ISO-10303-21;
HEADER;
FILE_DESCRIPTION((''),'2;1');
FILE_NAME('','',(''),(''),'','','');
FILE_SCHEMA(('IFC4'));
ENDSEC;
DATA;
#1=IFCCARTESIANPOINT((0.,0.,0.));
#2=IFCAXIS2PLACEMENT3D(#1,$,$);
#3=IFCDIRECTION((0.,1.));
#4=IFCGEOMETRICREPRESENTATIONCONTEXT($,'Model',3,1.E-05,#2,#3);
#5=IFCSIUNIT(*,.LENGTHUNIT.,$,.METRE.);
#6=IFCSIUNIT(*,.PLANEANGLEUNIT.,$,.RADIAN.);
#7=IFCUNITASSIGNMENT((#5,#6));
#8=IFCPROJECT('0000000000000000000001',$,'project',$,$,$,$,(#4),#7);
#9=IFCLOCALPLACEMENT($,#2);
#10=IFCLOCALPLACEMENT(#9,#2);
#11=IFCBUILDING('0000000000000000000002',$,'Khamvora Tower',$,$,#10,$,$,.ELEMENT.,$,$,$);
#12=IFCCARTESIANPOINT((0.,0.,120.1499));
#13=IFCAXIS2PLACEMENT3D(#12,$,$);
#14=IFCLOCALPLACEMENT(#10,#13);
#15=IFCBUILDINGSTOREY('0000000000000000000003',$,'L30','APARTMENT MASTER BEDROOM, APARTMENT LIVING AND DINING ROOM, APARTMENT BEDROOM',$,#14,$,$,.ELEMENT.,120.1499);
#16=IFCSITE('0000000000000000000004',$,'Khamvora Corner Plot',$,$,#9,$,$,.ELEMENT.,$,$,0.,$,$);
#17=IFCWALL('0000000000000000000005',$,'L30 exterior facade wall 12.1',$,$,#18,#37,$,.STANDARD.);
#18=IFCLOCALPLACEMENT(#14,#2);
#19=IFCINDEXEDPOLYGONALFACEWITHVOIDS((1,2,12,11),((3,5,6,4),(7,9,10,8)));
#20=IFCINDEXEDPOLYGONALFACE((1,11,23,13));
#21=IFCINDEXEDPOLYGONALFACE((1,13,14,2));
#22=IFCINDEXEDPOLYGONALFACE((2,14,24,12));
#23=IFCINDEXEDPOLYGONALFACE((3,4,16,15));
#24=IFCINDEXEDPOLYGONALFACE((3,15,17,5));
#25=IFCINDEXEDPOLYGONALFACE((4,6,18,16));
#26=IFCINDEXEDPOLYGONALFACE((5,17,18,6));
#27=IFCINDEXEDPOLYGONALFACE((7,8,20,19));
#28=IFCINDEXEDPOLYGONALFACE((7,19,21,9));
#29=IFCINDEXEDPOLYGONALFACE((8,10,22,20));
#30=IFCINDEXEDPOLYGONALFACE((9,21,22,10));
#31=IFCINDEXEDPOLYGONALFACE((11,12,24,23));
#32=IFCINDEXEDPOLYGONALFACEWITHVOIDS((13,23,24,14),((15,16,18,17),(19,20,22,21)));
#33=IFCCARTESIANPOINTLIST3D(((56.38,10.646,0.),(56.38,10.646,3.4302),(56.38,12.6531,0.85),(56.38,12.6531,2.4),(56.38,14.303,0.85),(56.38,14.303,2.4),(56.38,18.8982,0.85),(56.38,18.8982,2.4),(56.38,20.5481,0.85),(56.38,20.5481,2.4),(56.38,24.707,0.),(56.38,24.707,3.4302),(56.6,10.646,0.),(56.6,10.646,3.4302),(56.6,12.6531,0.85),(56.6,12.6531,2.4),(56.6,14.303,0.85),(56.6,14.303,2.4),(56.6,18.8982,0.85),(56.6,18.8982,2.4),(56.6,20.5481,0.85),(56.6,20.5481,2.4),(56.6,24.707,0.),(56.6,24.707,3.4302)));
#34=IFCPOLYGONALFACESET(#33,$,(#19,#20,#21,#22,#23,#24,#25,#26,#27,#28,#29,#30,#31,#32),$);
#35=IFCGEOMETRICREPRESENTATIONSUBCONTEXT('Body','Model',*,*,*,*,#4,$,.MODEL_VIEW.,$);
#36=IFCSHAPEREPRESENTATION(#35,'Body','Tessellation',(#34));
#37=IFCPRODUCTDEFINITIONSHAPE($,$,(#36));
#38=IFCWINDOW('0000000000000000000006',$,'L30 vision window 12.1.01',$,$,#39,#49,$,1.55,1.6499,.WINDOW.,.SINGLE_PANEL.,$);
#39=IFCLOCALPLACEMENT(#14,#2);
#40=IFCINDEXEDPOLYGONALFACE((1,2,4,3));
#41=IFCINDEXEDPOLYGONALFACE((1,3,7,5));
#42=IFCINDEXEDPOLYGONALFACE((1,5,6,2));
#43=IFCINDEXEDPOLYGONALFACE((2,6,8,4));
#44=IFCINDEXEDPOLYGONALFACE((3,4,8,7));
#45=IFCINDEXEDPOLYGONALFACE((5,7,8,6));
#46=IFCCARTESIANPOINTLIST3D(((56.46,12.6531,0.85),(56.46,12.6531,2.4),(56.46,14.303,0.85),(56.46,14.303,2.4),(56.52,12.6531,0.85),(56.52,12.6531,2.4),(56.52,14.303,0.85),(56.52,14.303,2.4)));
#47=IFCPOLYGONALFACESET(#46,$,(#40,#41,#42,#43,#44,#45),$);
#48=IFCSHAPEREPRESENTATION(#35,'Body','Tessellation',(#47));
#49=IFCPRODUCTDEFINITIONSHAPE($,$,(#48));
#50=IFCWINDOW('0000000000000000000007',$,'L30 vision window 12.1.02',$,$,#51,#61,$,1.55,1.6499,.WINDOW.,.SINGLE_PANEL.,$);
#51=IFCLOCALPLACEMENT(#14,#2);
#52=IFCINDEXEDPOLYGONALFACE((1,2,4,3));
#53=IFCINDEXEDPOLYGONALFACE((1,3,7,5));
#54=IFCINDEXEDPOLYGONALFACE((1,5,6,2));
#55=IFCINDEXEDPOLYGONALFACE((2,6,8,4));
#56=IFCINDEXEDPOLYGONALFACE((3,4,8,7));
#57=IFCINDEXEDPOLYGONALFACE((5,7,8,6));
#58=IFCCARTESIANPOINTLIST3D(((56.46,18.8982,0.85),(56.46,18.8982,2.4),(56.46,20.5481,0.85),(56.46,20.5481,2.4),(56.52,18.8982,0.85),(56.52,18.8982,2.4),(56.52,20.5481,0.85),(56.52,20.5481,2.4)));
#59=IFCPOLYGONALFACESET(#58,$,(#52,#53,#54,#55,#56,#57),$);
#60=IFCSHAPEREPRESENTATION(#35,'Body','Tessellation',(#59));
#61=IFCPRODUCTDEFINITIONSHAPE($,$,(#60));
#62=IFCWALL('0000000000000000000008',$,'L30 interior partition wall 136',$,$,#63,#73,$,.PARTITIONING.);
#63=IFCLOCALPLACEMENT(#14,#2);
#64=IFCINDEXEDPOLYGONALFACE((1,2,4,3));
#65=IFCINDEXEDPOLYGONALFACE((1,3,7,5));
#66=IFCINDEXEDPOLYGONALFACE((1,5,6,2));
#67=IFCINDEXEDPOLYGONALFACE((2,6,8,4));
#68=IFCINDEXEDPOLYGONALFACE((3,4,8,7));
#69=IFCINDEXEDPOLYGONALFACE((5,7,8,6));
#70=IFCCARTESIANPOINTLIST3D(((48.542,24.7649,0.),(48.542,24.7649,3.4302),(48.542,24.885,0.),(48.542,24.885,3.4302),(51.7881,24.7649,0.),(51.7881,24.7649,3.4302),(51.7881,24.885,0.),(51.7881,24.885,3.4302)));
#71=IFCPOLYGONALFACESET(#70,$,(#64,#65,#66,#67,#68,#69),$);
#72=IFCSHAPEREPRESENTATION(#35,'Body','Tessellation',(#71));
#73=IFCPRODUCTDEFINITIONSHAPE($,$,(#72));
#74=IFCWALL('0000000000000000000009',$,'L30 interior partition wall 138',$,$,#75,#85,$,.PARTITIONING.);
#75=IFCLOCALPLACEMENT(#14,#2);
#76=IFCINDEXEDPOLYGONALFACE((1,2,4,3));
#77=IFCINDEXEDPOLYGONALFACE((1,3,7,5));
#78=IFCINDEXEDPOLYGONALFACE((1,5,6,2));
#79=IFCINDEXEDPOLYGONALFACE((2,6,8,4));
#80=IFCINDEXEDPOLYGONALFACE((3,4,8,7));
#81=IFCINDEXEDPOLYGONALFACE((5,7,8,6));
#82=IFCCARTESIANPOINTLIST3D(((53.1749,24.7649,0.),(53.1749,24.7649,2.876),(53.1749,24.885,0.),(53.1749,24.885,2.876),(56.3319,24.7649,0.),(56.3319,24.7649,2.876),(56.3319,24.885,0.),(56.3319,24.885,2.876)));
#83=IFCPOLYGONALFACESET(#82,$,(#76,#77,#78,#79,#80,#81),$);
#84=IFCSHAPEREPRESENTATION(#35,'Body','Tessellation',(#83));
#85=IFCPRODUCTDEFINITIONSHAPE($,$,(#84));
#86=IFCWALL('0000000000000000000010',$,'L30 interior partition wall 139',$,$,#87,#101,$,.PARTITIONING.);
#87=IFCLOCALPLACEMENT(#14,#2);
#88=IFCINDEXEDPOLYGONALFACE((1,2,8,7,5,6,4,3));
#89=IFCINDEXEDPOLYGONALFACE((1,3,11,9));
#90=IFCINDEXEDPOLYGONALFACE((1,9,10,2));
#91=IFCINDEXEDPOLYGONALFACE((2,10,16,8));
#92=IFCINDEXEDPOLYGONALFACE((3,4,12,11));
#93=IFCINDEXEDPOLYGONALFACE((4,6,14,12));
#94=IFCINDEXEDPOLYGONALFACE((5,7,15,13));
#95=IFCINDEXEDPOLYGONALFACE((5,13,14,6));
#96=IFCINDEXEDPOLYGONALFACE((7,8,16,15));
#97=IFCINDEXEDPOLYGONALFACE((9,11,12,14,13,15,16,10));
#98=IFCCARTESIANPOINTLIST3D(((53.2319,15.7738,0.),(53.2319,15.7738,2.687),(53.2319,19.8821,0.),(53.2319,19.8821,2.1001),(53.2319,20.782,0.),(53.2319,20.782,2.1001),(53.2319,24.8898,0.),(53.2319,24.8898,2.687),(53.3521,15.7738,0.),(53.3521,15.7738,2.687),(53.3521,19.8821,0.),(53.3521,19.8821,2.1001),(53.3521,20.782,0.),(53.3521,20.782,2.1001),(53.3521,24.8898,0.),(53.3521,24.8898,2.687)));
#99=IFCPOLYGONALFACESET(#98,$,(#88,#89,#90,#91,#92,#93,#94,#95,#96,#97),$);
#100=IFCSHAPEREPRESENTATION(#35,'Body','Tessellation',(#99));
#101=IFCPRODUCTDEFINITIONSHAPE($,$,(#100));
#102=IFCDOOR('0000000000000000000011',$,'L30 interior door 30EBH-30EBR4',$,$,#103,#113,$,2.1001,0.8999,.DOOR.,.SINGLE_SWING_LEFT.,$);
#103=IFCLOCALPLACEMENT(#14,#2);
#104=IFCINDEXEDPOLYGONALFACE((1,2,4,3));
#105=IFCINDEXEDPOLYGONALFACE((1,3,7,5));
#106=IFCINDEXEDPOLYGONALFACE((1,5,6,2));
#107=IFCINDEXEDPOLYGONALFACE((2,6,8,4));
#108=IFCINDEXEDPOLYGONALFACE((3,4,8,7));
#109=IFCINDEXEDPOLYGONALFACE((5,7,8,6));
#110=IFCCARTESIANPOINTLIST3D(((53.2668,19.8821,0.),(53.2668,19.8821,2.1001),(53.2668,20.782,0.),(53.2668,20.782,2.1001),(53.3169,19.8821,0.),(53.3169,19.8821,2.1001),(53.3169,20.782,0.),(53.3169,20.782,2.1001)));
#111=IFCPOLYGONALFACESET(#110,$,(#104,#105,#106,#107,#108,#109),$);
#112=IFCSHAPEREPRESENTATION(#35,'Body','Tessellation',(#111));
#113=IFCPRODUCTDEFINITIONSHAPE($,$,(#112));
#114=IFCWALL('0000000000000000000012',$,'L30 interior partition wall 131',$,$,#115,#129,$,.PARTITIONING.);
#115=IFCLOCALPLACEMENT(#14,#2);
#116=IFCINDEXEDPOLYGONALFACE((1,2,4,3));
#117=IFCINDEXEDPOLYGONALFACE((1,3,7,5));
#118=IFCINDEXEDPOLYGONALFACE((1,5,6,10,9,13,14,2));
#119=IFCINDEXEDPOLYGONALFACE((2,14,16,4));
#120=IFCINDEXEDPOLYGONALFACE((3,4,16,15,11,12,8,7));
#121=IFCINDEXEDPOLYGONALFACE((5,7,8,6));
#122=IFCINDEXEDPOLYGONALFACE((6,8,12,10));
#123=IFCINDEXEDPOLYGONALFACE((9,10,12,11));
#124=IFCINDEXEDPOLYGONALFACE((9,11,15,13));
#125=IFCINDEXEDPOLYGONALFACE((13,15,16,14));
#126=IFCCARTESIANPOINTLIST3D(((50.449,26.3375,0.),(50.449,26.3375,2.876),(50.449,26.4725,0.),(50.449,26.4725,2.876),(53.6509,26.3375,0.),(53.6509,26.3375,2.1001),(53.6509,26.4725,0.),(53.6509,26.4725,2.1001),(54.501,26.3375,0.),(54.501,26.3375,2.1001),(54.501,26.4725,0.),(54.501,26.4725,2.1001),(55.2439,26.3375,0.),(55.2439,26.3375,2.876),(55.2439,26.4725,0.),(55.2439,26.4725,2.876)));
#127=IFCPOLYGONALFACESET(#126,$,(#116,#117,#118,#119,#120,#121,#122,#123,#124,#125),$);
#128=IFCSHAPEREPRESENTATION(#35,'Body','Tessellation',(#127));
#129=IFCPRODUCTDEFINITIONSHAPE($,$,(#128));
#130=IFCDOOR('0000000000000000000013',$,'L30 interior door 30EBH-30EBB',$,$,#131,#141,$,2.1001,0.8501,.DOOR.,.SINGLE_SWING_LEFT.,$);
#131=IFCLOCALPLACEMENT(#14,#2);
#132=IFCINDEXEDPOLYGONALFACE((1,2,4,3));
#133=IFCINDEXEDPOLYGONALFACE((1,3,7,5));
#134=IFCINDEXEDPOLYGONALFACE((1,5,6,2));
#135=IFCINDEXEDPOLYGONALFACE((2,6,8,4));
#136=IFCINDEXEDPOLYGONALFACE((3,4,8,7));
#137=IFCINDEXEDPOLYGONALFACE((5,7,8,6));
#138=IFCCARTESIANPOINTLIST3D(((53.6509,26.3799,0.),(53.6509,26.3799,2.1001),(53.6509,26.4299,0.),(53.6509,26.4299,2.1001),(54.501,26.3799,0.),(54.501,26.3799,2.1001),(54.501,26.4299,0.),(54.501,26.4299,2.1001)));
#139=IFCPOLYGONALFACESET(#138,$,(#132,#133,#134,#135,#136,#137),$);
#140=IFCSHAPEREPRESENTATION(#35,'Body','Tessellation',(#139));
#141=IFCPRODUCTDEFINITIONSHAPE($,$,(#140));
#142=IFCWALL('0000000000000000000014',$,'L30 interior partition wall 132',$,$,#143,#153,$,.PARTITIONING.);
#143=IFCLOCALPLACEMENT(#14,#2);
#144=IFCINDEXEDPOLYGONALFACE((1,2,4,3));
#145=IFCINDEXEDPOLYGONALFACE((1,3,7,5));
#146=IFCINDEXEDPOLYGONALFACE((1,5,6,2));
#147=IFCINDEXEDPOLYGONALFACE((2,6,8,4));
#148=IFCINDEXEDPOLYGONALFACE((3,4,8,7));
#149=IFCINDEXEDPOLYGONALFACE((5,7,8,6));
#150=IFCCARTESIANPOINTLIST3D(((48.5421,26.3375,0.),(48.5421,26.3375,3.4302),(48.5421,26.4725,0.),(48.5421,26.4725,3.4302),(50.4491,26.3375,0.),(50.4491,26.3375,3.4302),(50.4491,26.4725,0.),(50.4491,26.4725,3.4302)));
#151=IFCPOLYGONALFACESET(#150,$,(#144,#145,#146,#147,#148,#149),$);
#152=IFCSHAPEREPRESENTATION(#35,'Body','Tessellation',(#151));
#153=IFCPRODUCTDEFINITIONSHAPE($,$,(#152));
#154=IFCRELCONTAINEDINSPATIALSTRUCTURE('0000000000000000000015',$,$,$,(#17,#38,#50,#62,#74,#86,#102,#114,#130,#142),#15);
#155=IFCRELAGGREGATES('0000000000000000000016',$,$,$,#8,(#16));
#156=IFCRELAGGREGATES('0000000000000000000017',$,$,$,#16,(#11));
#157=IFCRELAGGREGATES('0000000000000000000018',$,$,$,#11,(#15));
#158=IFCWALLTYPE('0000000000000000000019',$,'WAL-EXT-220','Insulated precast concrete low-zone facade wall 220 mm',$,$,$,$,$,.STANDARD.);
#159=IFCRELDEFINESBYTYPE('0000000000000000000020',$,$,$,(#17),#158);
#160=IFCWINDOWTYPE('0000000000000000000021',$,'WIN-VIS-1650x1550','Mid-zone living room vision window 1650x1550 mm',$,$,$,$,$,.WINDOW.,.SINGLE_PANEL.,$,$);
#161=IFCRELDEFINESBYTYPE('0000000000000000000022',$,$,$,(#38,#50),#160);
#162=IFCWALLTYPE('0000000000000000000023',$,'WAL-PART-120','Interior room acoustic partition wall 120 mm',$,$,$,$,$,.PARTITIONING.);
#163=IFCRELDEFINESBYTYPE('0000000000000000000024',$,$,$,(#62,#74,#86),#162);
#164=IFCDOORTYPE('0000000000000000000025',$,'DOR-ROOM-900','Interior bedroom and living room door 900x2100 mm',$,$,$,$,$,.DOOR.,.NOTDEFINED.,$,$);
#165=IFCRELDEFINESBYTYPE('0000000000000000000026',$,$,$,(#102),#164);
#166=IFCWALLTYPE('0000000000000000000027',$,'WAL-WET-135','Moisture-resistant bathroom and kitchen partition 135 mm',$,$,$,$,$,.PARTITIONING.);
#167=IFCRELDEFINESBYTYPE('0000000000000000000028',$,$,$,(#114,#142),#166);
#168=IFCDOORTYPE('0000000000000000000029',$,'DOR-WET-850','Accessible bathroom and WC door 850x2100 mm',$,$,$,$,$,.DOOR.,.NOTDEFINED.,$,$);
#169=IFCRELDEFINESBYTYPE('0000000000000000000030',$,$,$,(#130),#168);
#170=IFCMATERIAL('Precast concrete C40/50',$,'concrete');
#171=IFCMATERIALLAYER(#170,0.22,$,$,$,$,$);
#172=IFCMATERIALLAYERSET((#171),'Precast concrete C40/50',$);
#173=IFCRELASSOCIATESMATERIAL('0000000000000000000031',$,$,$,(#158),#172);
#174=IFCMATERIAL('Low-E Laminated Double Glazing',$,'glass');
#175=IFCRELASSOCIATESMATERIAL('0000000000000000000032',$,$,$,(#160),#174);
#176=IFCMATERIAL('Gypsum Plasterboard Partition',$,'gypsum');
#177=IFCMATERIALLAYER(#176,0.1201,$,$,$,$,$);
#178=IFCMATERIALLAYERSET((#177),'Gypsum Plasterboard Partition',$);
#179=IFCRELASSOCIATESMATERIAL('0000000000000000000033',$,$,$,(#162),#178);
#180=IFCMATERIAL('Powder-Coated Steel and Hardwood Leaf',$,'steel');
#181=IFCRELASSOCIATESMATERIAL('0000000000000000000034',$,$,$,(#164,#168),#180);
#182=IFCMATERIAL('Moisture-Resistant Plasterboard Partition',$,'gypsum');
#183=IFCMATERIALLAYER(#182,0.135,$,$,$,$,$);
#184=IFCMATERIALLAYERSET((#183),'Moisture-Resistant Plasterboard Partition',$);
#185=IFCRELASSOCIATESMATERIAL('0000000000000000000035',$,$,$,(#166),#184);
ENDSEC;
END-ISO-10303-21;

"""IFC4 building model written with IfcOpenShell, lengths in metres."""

from ifc_helpers import new_model, si_unit, direction, frame, frame_2d, origin, place, context, subcontext, project, spatial, rectangle, extrude, material, layer, layer_set, type_object, element, fill, save


model = new_model("IFC4")

# Units and contexts
model_context = context("Model", 3, precision=1e-05, world=origin(), true_north=direction((0.0, 1.0)))
body_context = subcontext(model_context, "Body", "Model", "MODEL_VIEW")
ifc_project = project(units=[si_unit("LENGTHUNIT", "METRE"), si_unit("PLANEANGLEUNIT", "RADIAN")], contexts=[model_context])

# Site, building, storey
site_placement = place(None, origin())
site = spatial("IfcSite", under=ifc_project, at=site_placement, Name="Khamvora Corner Plot", CompositionType="ELEMENT", RefElevation=0.0)
building_placement = place(site_placement, origin())
building = spatial("IfcBuilding", under=site, at=building_placement, Name="Khamvora Tower", CompositionType="ELEMENT")
storey_placement = place(building_placement, frame((0.0, 0.0, 120.1499)))
storey = spatial("IfcBuildingStorey", under=building, at=storey_placement, Name="L30", Description="APARTMENT MASTER BEDROOM, APARTMENT LIVING AND DINING ROOM, APARTMENT BEDROOM", CompositionType="ELEMENT", Elevation=120.1499)

# Shared definitions
ifc_material_1 = material(Name="Precast concrete C40/50", Category="concrete")
ifc_layer_1 = layer(ifc_material_1, 0.22)
ifc_layer_set_1 = layer_set([ifc_layer_1], Name="Precast concrete C40/50")
wall_type_1 = type_object("IfcWallType", Name="WAL-EXT-220", Description="Insulated precast concrete low-zone facade wall 220 mm", PredefinedType="STANDARD", material=ifc_layer_set_1)
ifc_material_2 = material(Name="Low-E Laminated Double Glazing", Category="glass")

# Wall, openings, windows
wall_1_placement = place(storey_placement, frame((56.49, 24.707, 0.0), z_axis=(0.0, 0.0, 1.0), x_axis=(0.0, -1.0, 0.0)))
wall_1 = element("IfcWall", 1, at=wall_1_placement, inside=storey, type_object=wall_type_1, Name="L30 exterior facade wall 12.1", PredefinedType="STANDARD", context=body_context, shape_type="SweptSolid", body=[
    extrude(rectangle(XDim=14.061, YDim=0.22, at=frame_2d((7.0305, 0.0))), origin(), (0.0, 0.0, 1.0), 3.4302),
])
opening_1_placement = place(wall_1_placement, frame((10.4041, 0.0, 0.8501)))
opening_1 = element("IfcOpeningElement", 2, at=opening_1_placement, cuts=wall_1, PredefinedType="OPENING", context=body_context, shape_type="SweptSolid", body=[
    extrude(rectangle(XDim=1.6499, YDim=1.55, at=frame_2d((0.825, 0.7749))), frame((0.0, 0.1199, 0.0), z_axis=(0.0, -1.0, 0.0), x_axis=(1.0, 0.0, 0.0)), (0.0, 0.0, 1.0), 0.24),
])
opening_2_placement = place(wall_1_placement, frame((4.1589, 0.0, 0.8501)))
opening_2 = element("IfcOpeningElement", 3, at=opening_2_placement, cuts=wall_1, PredefinedType="OPENING", context=body_context, shape_type="SweptSolid", body=[
    extrude(rectangle(XDim=1.6499, YDim=1.55, at=frame_2d((0.825, 0.7749))), frame((0.0, 0.1199, 0.0), z_axis=(0.0, -1.0, 0.0), x_axis=(1.0, 0.0, 0.0)), (0.0, 0.0, 1.0), 0.24),
])
window_type_1 = type_object("IfcWindowType", Name="WIN-VIS-1650x1550", Description="Mid-zone living room vision window 1650x1550 mm", PartitioningType="SINGLE_PANEL", PredefinedType="WINDOW", material=ifc_material_2)
window_1_placement = place(opening_1_placement, origin())
window_1 = element("IfcWindow", 4, at=window_1_placement, inside=storey, type_object=window_type_1, Name="L30 vision window 12.1.01", OverallHeight=1.55, OverallWidth=1.6499, PartitioningType="SINGLE_PANEL", PredefinedType="WINDOW", context=body_context, shape_type="SweptSolid", body=[
    extrude(rectangle(XDim=1.6499, YDim=1.55, at=frame_2d((0.825, 0.7749))), frame((0.0, 0.03, 0.0), z_axis=(0.0, -1.0, 0.0), x_axis=(1.0, 0.0, 0.0)), (0.0, 0.0, 1.0), 0.0601),
])
fill(opening_1, window_1)
window_2_placement = place(opening_2_placement, origin())
window_2 = element("IfcWindow", 5, at=window_2_placement, inside=storey, type_object=window_type_1, Name="L30 vision window 12.1.02", OverallHeight=1.55, OverallWidth=1.6499, PartitioningType="SINGLE_PANEL", PredefinedType="WINDOW", context=body_context, shape_type="SweptSolid", body=[
    extrude(rectangle(XDim=1.6499, YDim=1.55, at=frame_2d((0.825, 0.7749))), frame((0.0, 0.03, 0.0), z_axis=(0.0, -1.0, 0.0), x_axis=(1.0, 0.0, 0.0)), (0.0, 0.0, 1.0), 0.0601),
])
fill(opening_2, window_2)

# Walls
ifc_material_3 = material(Name="Gypsum Plasterboard Partition", Category="gypsum")
ifc_layer_2 = layer(ifc_material_3, 0.1201)
ifc_layer_set_2 = layer_set([ifc_layer_2], Name="Gypsum Plasterboard Partition")
wall_type_2 = type_object("IfcWallType", Name="WAL-PART-120", Description="Interior room acoustic partition wall 120 mm", PredefinedType="PARTITIONING", material=ifc_layer_set_2)
wall_2_placement = place(storey_placement, frame((51.7881, 24.825, 0.0), z_axis=(0.0, 0.0, 1.0), x_axis=(-1.0, 0.0, 0.0)))
element("IfcWall", 6, at=wall_2_placement, inside=storey, type_object=wall_type_2, Name="L30 interior partition wall 136", PredefinedType="PARTITIONING", context=body_context, shape_type="SweptSolid", body=[
    extrude(rectangle(XDim=3.2461, YDim=0.1201, at=frame_2d((1.623, 0.0))), origin(), (0.0, 0.0, 1.0), 3.4302),
])
wall_3_placement = place(storey_placement, frame((56.332, 24.825, 0.0), z_axis=(0.0, 0.0, 1.0), x_axis=(-1.0, 0.0, 0.0)))
element("IfcWall", 7, at=wall_3_placement, inside=storey, type_object=wall_type_2, Name="L30 interior partition wall 138", PredefinedType="PARTITIONING", context=body_context, shape_type="SweptSolid", body=[
    extrude(rectangle(XDim=3.157, YDim=0.1201, at=frame_2d((1.5786, 0.0))), origin(), (0.0, 0.0, 1.0), 2.876),
])

# Walls, openings, doors
wall_4_placement = place(storey_placement, frame((53.292, 24.8899, 0.0), z_axis=(0.0, 0.0, 1.0), x_axis=(0.0, -1.0, 0.0)))
wall_4 = element("IfcWall", 8, at=wall_4_placement, inside=storey, type_object=wall_type_2, Name="L30 interior partition wall 139", PredefinedType="PARTITIONING", context=body_context, shape_type="SweptSolid", body=[
    extrude(rectangle(XDim=9.116, YDim=0.1201, at=frame_2d((4.5581, 0.0))), origin(), (0.0, 0.0, 1.0), 2.687),
])
opening_3_placement = place(wall_4_placement, frame((4.1079, 0.0, 0.0)))
opening_3 = element("IfcOpeningElement", 9, at=opening_3_placement, cuts=wall_4, PredefinedType="OPENING", context=body_context, shape_type="SweptSolid", body=[
    extrude(rectangle(XDim=0.8999, YDim=2.1001, at=frame_2d((0.45, 1.05))), frame((0.0, 0.0701, 0.0), z_axis=(0.0, -1.0, 0.0), x_axis=(1.0, 0.0, 0.0)), (0.0, 0.0, 1.0), 0.1401),
])
ifc_material_4 = material(Name="Powder-Coated Steel and Hardwood Leaf", Category="steel")
door_type_1 = type_object("IfcDoorType", Name="DOR-ROOM-900", Description="Interior bedroom and living room door 900x2100 mm", OperationType="NOTDEFINED", PredefinedType="DOOR", material=ifc_material_4)
door_1_placement = place(opening_3_placement, origin())
door_1 = element("IfcDoor", 10, at=door_1_placement, inside=storey, type_object=door_type_1, Name="L30 interior door 30EBH-30EBR4", OperationType="SINGLE_SWING_LEFT", OverallHeight=2.1001, OverallWidth=0.8999, PredefinedType="DOOR", context=body_context, shape_type="SweptSolid", body=[
    extrude(rectangle(XDim=0.8999, YDim=2.1001, at=frame_2d((0.45, 1.05))), frame((0.0, 0.0249, 0.0), z_axis=(0.0, -1.0, 0.0), x_axis=(1.0, 0.0, 0.0)), (0.0, 0.0, 1.0), 0.05),
])
fill(opening_3, door_1)
ifc_material_5 = material(Name="Moisture-Resistant Plasterboard Partition", Category="gypsum")
ifc_layer_3 = layer(ifc_material_5, 0.135)
ifc_layer_set_3 = layer_set([ifc_layer_3], Name="Moisture-Resistant Plasterboard Partition")
wall_type_3 = type_object("IfcWallType", Name="WAL-WET-135", Description="Moisture-resistant bathroom and kitchen partition 135 mm", PredefinedType="PARTITIONING", material=ifc_layer_set_3)
wall_5_placement = place(storey_placement, frame((50.449, 26.405, 0.0), z_axis=(0.0, 0.0, 1.0), x_axis=(1.0, 0.0, 0.0)))
wall_5 = element("IfcWall", 11, at=wall_5_placement, inside=storey, type_object=wall_type_3, Name="L30 interior partition wall 131", PredefinedType="PARTITIONING", context=body_context, shape_type="SweptSolid", body=[
    extrude(rectangle(XDim=4.7949, YDim=0.135, at=frame_2d((2.3975, 0.0))), origin(), (0.0, 0.0, 1.0), 2.876),
])
opening_4_placement = place(wall_5_placement, frame((3.2019, 0.0, 0.0)))
opening_4 = element("IfcOpeningElement", 12, at=opening_4_placement, cuts=wall_5, PredefinedType="OPENING", context=body_context, shape_type="SweptSolid", body=[
    extrude(rectangle(XDim=0.8501, YDim=2.1001, at=frame_2d((0.425, 1.05))), frame((0.0, 0.0774, 0.0), z_axis=(0.0, -1.0, 0.0), x_axis=(1.0, 0.0, 0.0)), (0.0, 0.0, 1.0), 0.155),
])
door_type_2 = type_object("IfcDoorType", Name="DOR-WET-850", Description="Accessible bathroom and WC door 850x2100 mm", OperationType="NOTDEFINED", PredefinedType="DOOR", material=ifc_material_4)
door_2_placement = place(opening_4_placement, origin())
door_2 = element("IfcDoor", 13, at=door_2_placement, inside=storey, type_object=door_type_2, Name="L30 interior door 30EBH-30EBB", OperationType="SINGLE_SWING_LEFT", OverallHeight=2.1001, OverallWidth=0.8501, PredefinedType="DOOR", context=body_context, shape_type="SweptSolid", body=[
    extrude(rectangle(XDim=0.8501, YDim=2.1001, at=frame_2d((0.425, 1.05))), frame((0.0, 0.0249, 0.0), z_axis=(0.0, -1.0, 0.0), x_axis=(1.0, 0.0, 0.0)), (0.0, 0.0, 1.0), 0.05),
])
fill(opening_4, door_2)

# Wall
wall_6_placement = place(storey_placement, frame((48.542, 26.405, 0.0), z_axis=(0.0, 0.0, 1.0), x_axis=(1.0, 0.0, 0.0)))
element("IfcWall", 14, at=wall_6_placement, inside=storey, type_object=wall_type_3, Name="L30 interior partition wall 132", PredefinedType="PARTITIONING", context=body_context, shape_type="SweptSolid", body=[
    extrude(rectangle(XDim=1.907, YDim=0.135, at=frame_2d((0.9536, 0.0))), origin(), (0.0, 0.0, 1.0), 3.4302),
])

save(model, "model.ifc")
